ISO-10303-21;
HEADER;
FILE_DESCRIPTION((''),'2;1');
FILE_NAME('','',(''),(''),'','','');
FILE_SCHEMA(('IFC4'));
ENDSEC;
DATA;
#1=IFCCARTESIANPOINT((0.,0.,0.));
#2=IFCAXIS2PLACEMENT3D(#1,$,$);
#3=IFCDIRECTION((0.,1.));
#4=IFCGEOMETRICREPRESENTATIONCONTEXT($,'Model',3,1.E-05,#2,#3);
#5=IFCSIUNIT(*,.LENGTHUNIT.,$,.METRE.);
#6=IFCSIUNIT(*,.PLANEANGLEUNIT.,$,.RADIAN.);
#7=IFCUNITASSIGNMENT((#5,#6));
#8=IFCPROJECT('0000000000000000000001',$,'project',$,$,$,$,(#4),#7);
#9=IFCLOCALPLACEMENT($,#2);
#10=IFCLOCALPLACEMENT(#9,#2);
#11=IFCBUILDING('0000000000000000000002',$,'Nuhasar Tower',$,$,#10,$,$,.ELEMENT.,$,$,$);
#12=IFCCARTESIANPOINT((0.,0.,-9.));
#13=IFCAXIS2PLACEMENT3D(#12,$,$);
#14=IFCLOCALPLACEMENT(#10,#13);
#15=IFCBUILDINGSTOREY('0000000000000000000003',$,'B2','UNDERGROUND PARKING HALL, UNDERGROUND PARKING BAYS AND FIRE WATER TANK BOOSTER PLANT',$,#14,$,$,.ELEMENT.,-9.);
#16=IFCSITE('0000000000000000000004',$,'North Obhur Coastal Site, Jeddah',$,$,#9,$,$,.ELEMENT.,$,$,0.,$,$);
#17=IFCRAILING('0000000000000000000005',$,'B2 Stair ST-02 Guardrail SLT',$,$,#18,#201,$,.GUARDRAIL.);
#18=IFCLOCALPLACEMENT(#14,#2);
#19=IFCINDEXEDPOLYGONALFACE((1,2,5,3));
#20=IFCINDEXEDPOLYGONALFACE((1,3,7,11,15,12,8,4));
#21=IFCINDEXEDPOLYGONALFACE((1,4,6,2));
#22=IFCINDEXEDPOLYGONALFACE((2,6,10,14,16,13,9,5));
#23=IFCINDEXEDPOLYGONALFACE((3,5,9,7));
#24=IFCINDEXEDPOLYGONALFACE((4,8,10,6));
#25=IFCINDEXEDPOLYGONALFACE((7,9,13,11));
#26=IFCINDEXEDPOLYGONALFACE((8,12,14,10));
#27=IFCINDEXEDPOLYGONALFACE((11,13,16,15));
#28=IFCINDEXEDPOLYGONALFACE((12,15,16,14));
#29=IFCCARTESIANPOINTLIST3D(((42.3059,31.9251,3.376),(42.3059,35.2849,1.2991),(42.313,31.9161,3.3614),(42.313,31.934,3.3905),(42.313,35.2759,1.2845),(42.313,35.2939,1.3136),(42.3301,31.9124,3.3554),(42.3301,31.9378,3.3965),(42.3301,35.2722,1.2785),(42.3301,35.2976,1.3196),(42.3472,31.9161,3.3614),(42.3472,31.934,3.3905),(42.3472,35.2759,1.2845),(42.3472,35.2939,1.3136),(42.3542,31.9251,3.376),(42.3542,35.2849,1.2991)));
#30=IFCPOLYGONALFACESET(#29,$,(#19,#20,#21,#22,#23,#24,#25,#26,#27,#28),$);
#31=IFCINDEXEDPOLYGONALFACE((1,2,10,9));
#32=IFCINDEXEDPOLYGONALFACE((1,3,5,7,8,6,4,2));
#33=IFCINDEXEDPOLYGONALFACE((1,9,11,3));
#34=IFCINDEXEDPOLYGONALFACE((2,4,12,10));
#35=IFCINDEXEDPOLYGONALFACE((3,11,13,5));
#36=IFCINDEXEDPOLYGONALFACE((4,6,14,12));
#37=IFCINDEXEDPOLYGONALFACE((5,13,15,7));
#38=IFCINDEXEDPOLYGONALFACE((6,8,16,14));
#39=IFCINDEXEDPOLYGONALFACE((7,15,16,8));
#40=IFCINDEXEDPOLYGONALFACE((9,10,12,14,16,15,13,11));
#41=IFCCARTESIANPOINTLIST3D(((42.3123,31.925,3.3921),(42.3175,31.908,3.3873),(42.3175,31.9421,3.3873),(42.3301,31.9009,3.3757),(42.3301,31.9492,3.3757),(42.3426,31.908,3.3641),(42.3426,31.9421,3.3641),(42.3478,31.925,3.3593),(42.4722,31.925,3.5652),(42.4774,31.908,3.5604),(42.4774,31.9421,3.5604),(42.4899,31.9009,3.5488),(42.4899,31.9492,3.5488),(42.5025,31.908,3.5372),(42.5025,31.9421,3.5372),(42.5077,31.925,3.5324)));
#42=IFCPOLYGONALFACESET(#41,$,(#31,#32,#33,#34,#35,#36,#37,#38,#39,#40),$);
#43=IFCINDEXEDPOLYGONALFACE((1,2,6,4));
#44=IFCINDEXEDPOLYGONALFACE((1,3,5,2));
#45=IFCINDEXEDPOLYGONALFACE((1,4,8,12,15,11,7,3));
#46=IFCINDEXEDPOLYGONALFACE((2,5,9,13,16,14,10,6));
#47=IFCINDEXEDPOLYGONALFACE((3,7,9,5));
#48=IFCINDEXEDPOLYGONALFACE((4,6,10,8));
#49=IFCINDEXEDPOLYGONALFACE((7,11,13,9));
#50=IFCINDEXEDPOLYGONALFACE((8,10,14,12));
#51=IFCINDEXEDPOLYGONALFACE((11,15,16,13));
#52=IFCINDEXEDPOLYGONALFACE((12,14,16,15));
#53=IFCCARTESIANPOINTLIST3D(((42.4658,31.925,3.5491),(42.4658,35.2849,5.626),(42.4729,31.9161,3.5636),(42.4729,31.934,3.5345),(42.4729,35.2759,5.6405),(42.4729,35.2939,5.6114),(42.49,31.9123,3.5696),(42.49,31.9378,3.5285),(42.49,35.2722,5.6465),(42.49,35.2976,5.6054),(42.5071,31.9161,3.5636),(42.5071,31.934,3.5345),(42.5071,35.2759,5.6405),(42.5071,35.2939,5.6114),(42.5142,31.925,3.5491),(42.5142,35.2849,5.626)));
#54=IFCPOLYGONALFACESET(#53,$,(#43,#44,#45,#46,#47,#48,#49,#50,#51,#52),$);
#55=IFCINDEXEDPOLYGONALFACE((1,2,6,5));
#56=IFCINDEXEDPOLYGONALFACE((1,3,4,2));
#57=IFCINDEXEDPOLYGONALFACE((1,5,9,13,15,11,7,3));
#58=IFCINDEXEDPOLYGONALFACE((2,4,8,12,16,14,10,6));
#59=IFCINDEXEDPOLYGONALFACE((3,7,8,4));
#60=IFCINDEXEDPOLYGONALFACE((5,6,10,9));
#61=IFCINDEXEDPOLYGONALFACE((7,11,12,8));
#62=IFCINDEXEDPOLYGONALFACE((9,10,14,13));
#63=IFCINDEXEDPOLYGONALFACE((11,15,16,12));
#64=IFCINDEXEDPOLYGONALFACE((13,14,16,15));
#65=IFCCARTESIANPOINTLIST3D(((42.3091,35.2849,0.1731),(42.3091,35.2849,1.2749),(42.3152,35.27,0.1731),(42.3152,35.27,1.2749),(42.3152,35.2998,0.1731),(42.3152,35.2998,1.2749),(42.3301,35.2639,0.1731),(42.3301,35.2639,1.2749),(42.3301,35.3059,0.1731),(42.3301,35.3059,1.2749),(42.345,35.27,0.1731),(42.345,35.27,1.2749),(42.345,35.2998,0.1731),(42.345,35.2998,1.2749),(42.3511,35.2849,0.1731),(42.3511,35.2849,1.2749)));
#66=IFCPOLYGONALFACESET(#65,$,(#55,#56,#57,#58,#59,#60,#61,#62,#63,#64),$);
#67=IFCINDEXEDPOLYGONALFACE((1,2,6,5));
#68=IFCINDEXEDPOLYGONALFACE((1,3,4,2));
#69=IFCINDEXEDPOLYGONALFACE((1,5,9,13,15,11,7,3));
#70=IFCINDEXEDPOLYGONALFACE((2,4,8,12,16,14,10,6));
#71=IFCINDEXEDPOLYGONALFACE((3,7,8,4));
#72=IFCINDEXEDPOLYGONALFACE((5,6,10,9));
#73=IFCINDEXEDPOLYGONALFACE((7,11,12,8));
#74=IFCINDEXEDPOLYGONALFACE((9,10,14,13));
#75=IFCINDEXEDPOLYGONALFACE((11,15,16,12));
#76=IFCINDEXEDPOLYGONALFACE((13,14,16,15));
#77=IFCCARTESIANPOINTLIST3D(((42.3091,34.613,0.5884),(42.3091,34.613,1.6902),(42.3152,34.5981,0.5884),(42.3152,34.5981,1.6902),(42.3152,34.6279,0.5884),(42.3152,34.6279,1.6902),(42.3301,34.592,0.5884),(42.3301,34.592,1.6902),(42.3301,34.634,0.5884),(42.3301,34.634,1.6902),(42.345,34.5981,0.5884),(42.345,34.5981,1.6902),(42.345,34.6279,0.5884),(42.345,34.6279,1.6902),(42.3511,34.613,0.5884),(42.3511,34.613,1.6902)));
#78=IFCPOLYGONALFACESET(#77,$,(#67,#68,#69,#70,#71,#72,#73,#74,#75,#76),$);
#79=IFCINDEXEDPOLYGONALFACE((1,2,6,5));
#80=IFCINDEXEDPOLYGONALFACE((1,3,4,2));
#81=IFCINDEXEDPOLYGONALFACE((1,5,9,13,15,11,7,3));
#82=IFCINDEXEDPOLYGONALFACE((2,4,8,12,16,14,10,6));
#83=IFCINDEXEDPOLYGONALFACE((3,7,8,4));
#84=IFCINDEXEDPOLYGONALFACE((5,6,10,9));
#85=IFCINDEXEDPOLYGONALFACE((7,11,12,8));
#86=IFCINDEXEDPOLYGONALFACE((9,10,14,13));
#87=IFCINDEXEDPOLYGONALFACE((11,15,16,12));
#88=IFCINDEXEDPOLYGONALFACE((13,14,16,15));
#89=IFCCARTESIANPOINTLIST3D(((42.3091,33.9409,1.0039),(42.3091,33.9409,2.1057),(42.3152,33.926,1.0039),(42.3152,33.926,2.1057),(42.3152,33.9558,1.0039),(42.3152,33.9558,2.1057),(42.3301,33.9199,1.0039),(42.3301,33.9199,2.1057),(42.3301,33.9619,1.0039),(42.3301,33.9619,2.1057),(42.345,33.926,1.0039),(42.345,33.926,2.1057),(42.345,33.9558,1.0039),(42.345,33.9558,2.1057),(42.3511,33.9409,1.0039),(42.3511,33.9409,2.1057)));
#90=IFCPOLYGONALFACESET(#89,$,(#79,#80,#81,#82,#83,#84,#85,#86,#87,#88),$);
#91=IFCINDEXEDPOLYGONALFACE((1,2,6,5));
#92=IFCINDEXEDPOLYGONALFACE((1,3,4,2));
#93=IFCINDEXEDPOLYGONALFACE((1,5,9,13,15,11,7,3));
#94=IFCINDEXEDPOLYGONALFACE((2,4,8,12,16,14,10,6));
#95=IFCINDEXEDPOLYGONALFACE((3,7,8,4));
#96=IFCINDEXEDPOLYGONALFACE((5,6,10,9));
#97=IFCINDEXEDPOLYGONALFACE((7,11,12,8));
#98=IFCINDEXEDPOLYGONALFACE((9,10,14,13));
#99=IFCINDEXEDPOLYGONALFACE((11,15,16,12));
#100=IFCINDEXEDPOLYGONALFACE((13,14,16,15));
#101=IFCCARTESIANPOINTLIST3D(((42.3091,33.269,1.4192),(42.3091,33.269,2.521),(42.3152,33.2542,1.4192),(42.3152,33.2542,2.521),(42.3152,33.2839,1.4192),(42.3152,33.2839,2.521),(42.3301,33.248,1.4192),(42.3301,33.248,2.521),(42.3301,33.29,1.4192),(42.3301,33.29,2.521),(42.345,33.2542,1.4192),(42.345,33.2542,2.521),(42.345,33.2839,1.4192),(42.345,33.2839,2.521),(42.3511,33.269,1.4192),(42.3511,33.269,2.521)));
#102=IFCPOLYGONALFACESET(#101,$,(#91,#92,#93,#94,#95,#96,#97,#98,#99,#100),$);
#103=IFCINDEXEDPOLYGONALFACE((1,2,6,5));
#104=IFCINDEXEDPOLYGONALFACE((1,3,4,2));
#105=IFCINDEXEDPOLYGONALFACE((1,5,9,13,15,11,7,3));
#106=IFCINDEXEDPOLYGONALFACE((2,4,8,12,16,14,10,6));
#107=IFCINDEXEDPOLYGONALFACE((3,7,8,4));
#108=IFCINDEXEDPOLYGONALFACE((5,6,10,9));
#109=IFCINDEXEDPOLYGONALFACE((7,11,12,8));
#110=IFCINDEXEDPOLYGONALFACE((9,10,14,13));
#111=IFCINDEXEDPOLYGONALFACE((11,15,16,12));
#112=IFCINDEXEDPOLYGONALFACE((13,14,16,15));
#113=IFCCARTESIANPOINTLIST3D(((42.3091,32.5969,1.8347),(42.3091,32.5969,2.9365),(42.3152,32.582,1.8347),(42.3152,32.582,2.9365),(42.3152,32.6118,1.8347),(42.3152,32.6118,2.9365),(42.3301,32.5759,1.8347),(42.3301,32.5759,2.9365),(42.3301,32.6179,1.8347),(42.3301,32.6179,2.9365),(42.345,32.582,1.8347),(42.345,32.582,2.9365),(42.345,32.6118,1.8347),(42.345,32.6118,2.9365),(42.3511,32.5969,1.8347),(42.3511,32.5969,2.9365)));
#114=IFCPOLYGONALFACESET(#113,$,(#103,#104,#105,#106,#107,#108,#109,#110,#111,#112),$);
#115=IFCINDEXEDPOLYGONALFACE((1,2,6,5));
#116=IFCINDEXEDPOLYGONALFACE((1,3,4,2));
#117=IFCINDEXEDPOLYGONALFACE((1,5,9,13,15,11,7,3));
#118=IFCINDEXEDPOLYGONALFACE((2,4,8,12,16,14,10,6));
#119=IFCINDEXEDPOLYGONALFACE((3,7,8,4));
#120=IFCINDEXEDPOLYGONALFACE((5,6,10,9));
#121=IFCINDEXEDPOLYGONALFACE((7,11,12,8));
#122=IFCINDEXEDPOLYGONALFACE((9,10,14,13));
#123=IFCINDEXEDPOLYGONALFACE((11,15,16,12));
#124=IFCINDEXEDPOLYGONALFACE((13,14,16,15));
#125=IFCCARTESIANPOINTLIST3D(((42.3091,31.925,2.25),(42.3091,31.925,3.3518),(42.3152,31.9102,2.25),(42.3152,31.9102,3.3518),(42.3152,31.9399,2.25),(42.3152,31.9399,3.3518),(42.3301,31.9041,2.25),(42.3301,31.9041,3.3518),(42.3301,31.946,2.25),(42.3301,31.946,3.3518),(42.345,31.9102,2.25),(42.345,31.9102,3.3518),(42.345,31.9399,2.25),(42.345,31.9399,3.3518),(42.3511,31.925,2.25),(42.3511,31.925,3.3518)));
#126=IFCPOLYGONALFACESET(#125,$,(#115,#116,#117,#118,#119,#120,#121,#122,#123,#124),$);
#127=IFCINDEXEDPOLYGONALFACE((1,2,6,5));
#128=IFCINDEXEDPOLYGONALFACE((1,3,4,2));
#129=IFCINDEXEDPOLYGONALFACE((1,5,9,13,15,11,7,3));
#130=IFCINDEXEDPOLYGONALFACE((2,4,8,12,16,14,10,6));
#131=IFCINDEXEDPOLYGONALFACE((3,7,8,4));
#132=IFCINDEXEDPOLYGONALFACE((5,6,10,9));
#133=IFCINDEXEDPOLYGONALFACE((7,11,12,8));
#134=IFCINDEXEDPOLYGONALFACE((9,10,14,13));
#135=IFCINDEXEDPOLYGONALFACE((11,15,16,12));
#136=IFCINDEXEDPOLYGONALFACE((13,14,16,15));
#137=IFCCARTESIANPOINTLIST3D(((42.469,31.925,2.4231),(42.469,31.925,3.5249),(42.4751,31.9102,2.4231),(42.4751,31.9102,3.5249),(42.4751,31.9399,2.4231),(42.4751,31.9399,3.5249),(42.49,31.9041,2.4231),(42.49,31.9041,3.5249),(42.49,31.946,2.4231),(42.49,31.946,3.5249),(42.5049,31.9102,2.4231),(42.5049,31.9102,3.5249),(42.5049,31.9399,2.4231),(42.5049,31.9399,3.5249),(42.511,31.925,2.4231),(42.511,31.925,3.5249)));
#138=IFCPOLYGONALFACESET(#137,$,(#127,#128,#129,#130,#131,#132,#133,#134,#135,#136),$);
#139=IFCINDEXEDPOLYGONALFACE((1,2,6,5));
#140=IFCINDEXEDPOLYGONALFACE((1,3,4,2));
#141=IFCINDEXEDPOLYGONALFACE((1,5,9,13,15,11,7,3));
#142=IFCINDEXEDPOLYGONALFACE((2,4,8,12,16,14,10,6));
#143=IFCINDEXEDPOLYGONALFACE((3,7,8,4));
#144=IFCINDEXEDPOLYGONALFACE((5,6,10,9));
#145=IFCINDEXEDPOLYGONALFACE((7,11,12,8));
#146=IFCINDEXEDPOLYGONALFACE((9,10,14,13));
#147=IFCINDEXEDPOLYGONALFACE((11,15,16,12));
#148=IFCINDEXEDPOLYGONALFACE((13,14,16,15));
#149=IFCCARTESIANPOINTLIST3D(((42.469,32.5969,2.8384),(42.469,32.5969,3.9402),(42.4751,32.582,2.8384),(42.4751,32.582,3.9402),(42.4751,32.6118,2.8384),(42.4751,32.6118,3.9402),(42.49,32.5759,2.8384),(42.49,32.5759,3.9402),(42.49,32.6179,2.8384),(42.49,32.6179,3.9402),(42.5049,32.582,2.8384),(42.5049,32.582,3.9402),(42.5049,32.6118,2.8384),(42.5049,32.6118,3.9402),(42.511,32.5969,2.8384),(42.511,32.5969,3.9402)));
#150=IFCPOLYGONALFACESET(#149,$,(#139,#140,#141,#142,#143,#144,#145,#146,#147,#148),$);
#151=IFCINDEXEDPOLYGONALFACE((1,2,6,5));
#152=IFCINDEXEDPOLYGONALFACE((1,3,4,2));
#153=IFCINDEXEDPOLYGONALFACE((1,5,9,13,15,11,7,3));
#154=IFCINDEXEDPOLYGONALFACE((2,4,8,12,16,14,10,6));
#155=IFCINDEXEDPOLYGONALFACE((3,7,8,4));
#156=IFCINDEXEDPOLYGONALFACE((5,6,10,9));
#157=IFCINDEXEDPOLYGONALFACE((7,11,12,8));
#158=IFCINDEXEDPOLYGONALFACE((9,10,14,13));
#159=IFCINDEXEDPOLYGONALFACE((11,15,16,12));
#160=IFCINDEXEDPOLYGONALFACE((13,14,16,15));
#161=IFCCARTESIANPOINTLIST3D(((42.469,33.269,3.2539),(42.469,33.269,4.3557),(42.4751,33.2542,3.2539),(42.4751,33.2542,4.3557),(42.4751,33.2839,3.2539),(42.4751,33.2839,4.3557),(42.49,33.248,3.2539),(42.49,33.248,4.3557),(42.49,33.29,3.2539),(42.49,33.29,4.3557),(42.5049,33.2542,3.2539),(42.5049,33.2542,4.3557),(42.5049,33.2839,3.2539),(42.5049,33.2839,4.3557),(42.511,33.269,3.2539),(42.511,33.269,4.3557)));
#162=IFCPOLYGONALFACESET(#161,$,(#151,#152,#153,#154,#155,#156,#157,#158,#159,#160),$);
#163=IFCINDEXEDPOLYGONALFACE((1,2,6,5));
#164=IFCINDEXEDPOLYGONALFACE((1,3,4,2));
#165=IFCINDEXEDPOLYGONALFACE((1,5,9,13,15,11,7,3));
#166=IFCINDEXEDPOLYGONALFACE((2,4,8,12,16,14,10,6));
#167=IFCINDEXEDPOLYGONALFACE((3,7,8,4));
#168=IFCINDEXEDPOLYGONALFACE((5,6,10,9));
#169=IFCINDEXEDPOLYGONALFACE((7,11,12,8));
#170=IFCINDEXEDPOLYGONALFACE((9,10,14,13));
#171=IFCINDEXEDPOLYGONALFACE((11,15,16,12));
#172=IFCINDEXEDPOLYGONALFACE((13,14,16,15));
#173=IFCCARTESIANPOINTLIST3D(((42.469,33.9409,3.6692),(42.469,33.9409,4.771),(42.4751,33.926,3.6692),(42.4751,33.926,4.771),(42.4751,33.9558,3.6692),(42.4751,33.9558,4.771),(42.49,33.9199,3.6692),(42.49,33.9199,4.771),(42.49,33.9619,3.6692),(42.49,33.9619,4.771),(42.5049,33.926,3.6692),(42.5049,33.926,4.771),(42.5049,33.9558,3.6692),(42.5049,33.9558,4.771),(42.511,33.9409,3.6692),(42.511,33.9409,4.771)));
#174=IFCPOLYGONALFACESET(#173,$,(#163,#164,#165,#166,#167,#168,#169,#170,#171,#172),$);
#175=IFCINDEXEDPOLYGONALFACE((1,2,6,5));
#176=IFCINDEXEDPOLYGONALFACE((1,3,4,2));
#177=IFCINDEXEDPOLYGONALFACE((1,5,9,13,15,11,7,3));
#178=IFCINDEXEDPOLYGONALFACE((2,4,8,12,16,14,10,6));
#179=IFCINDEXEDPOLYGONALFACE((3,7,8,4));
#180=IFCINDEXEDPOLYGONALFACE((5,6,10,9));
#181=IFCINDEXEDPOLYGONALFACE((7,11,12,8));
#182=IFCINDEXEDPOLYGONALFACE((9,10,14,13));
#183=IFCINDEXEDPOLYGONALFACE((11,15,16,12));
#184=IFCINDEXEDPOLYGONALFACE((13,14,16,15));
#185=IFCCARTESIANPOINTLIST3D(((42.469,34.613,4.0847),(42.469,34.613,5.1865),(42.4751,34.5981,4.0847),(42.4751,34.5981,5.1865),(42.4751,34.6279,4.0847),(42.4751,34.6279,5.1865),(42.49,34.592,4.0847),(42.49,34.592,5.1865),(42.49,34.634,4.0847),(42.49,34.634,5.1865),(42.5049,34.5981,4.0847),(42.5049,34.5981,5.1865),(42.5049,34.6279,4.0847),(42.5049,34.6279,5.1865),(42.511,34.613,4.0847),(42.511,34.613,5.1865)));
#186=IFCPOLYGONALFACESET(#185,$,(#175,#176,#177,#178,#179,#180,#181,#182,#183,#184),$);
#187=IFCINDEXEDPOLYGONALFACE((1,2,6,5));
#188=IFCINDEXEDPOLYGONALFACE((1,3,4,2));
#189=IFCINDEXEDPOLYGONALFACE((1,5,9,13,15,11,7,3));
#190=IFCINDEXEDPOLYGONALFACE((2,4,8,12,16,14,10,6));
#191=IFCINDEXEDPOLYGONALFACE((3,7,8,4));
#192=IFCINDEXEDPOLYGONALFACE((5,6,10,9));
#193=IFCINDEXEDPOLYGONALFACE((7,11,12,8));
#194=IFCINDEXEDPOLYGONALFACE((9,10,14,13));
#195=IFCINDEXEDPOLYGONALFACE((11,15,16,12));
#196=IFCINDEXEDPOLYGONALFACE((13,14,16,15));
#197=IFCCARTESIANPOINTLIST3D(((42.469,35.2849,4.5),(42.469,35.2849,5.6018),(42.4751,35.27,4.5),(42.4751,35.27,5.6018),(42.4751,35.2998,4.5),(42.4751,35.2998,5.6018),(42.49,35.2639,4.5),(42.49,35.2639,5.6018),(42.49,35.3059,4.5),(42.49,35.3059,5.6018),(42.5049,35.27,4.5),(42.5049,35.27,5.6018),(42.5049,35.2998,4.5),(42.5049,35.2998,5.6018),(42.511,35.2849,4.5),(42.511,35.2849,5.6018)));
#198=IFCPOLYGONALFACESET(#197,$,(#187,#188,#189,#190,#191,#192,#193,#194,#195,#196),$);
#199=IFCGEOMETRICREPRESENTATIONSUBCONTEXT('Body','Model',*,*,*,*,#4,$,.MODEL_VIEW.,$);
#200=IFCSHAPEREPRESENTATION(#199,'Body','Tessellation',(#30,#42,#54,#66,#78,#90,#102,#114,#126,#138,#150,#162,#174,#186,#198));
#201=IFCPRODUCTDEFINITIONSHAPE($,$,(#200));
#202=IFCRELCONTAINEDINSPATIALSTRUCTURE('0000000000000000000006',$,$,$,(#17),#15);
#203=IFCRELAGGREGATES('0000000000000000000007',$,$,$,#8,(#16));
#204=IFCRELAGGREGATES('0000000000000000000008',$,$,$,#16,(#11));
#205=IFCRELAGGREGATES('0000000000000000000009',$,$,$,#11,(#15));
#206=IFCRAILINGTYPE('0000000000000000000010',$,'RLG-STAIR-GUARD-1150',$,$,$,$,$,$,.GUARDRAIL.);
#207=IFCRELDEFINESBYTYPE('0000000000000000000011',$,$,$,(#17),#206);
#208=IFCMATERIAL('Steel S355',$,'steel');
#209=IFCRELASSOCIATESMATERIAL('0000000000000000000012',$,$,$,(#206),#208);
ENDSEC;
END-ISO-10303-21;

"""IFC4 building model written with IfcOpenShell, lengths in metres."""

from ifc_helpers import new_model, si_unit, direction, frame, origin, place, context, subcontext, project, spatial, polyline, outline, extrude, material, type_object, element, save


model = new_model("IFC4")

# Units and contexts
model_context = context("Model", 3, precision=1e-05, world=origin(), true_north=direction((0.0, 1.0)))
body_context = subcontext(model_context, "Body", "Model", "MODEL_VIEW")
ifc_project = project(units=[si_unit("LENGTHUNIT", "METRE"), si_unit("PLANEANGLEUNIT", "RADIAN")], contexts=[model_context])

# Site, building, storey
site_placement = place(None, origin())
site = spatial("IfcSite", under=ifc_project, at=site_placement, Name="North Obhur Coastal Site, Jeddah", CompositionType="ELEMENT", RefElevation=0.0)
building_placement = place(site_placement, origin())
building = spatial("IfcBuilding", under=site, at=building_placement, Name="Nuhasar Tower", CompositionType="ELEMENT")
storey_placement = place(building_placement, frame((0.0, 0.0, -9.0)))
storey = spatial("IfcBuildingStorey", under=building, at=storey_placement, Name="B2", Description="UNDERGROUND PARKING HALL, UNDERGROUND PARKING BAYS AND FIRE WATER TANK BOOSTER PLANT", CompositionType="ELEMENT", Elevation=-9.0)

# Shared definitions
ifc_material_1 = material(Name="Steel S355", Category="steel")

# Railing
railing_type_1 = type_object("IfcRailingType", Name="RLG-STAIR-GUARD-1150", PredefinedType="GUARDRAIL", material=ifc_material_1)
railing_1_placement = place(storey_placement, frame((42.3301, 35.2849, 0.1731)))
element("IfcRailing", 1, at=railing_1_placement, inside=storey, type_object=railing_type_1, Name="B2 Stair ST-02 Guardrail SLT", PredefinedType="GUARDRAIL", context=body_context, shape_type="SweptSolid", body=[
    extrude(outline(polyline([(0.0242, 0.0), (0.0171, 0.0171), (0.0, 0.0242), (-0.0171, 0.0171), (-0.0242, 0.0), (-0.0171, -0.0171), (0.0, -0.0242), (0.0171, -0.0171), (0.0242, 0.0)])), frame((0.0, 0.0, 1.126), z_axis=(0.0, -0.850606, 0.525803), x_axis=(1.0, 0.0, 0.0)), (0.0, 0.0, 1.0), 3.95),
    extrude(outline(polyline([(0.0242, 0.0), (0.0171, 0.0171), (0.0, 0.0242), (-0.0171, 0.0171), (-0.0242, 0.0), (-0.0171, -0.0171), (0.0, -0.0242), (0.0171, -0.0171), (0.0242, 0.0)])), frame((0.0, -3.3599, 3.2026), z_axis=(0.678581, 0.0, 0.734525), x_axis=(0.0, 1.0, 0.0)), (0.0, 0.0, 1.0), 0.2356),
    extrude(outline(polyline([(0.0242, 0.0), (0.0171, 0.0171), (0.0, 0.0242), (-0.0171, 0.0171), (-0.0242, 0.0), (-0.0171, -0.0171), (0.0, -0.0242), (0.0171, -0.0171), (0.0242, 0.0)])), frame((0.1599, -3.3599, 3.376), z_axis=(0.0, 0.850606, 0.525803), x_axis=(-1.0, 0.0, 0.0)), (0.0, 0.0, 1.0), 3.95),
    extrude(outline(polyline([(0.021, 0.0), (0.0149, 0.0149), (0.0, 0.021), (-0.0149, 0.0149), (-0.021, 0.0), (-0.0149, -0.0149), (0.0, -0.021), (0.0149, -0.0149), (0.021, 0.0)])), origin(), (0.0, 0.0, 1.0), 1.1018),
    extrude(outline(polyline([(0.021, 0.0), (0.0149, 0.0149), (0.0, 0.021), (-0.0149, 0.0149), (-0.021, 0.0), (-0.0149, -0.0149), (0.0, -0.021), (0.0149, -0.0149), (0.021, 0.0)])), frame((0.0, -0.6719, 0.4153)), (0.0, 0.0, 1.0), 1.1018),
    extrude(outline(polyline([(0.021, 0.0), (0.0149, 0.0149), (0.0, 0.021), (-0.0149, 0.0149), (-0.021, 0.0), (-0.0149, -0.0149), (0.0, -0.021), (0.0149, -0.0149), (0.021, 0.0)])), frame((0.0, -1.344, 0.8308)), (0.0, 0.0, 1.0), 1.1018),
    extrude(outline(polyline([(0.021, 0.0), (0.0149, 0.0149), (0.0, 0.021), (-0.0149, 0.0149), (-0.021, 0.0), (-0.0149, -0.0149), (0.0, -0.021), (0.0149, -0.0149), (0.021, 0.0)])), frame((0.0, -2.0159, 1.2461)), (0.0, 0.0, 1.0), 1.1018),
    extrude(outline(polyline([(0.021, 0.0), (0.0149, 0.0149), (0.0, 0.021), (-0.0149, 0.0149), (-0.021, 0.0), (-0.0149, -0.0149), (0.0, -0.021), (0.0149, -0.0149), (0.021, 0.0)])), frame((0.0, -2.688, 1.6616)), (0.0, 0.0, 1.0), 1.1018),
    extrude(outline(polyline([(0.021, 0.0), (0.0149, 0.0149), (0.0, 0.021), (-0.0149, 0.0149), (-0.021, 0.0), (-0.0149, -0.0149), (0.0, -0.021), (0.0149, -0.0149), (0.021, 0.0)])), frame((0.0, -3.3599, 2.0769)), (0.0, 0.0, 1.0), 1.1018),
    extrude(outline(polyline([(0.021, 0.0), (0.0149, 0.0149), (0.0, 0.021), (-0.0149, 0.0149), (-0.021, 0.0), (-0.0149, -0.0149), (0.0, -0.021), (0.0149, -0.0149), (0.021, 0.0)])), frame((0.1599, -3.3599, 2.25)), (0.0, 0.0, 1.0), 1.1018),
    extrude(outline(polyline([(0.021, 0.0), (0.0149, 0.0149), (0.0, 0.021), (-0.0149, 0.0149), (-0.021, 0.0), (-0.0149, -0.0149), (0.0, -0.021), (0.0149, -0.0149), (0.021, 0.0)])), frame((0.1599, -2.688, 2.6653)), (0.0, 0.0, 1.0), 1.1018),
    extrude(outline(polyline([(0.021, 0.0), (0.0149, 0.0149), (0.0, 0.021), (-0.0149, 0.0149), (-0.021, 0.0), (-0.0149, -0.0149), (0.0, -0.021), (0.0149, -0.0149), (0.021, 0.0)])), frame((0.1599, -2.0159, 3.0808)), (0.0, 0.0, 1.0), 1.1018),
    extrude(outline(polyline([(0.021, 0.0), (0.0149, 0.0149), (0.0, 0.021), (-0.0149, 0.0149), (-0.021, 0.0), (-0.0149, -0.0149), (0.0, -0.021), (0.0149, -0.0149), (0.021, 0.0)])), frame((0.1599, -1.344, 3.4961)), (0.0, 0.0, 1.0), 1.1018),
    extrude(outline(polyline([(0.021, 0.0), (0.0149, 0.0149), (0.0, 0.021), (-0.0149, 0.0149), (-0.021, 0.0), (-0.0149, -0.0149), (0.0, -0.021), (0.0149, -0.0149), (0.021, 0.0)])), frame((0.1599, -0.6719, 3.9116)), (0.0, 0.0, 1.0), 1.1018),
    extrude(outline(polyline([(0.021, 0.0), (0.0149, 0.0149), (0.0, 0.021), (-0.0149, 0.0149), (-0.021, 0.0), (-0.0149, -0.0149), (0.0, -0.021), (0.0149, -0.0149), (0.021, 0.0)])), frame((0.1599, 0.0, 4.3269)), (0.0, 0.0, 1.0), 1.1018),
])

save(model, "model.ifc")
